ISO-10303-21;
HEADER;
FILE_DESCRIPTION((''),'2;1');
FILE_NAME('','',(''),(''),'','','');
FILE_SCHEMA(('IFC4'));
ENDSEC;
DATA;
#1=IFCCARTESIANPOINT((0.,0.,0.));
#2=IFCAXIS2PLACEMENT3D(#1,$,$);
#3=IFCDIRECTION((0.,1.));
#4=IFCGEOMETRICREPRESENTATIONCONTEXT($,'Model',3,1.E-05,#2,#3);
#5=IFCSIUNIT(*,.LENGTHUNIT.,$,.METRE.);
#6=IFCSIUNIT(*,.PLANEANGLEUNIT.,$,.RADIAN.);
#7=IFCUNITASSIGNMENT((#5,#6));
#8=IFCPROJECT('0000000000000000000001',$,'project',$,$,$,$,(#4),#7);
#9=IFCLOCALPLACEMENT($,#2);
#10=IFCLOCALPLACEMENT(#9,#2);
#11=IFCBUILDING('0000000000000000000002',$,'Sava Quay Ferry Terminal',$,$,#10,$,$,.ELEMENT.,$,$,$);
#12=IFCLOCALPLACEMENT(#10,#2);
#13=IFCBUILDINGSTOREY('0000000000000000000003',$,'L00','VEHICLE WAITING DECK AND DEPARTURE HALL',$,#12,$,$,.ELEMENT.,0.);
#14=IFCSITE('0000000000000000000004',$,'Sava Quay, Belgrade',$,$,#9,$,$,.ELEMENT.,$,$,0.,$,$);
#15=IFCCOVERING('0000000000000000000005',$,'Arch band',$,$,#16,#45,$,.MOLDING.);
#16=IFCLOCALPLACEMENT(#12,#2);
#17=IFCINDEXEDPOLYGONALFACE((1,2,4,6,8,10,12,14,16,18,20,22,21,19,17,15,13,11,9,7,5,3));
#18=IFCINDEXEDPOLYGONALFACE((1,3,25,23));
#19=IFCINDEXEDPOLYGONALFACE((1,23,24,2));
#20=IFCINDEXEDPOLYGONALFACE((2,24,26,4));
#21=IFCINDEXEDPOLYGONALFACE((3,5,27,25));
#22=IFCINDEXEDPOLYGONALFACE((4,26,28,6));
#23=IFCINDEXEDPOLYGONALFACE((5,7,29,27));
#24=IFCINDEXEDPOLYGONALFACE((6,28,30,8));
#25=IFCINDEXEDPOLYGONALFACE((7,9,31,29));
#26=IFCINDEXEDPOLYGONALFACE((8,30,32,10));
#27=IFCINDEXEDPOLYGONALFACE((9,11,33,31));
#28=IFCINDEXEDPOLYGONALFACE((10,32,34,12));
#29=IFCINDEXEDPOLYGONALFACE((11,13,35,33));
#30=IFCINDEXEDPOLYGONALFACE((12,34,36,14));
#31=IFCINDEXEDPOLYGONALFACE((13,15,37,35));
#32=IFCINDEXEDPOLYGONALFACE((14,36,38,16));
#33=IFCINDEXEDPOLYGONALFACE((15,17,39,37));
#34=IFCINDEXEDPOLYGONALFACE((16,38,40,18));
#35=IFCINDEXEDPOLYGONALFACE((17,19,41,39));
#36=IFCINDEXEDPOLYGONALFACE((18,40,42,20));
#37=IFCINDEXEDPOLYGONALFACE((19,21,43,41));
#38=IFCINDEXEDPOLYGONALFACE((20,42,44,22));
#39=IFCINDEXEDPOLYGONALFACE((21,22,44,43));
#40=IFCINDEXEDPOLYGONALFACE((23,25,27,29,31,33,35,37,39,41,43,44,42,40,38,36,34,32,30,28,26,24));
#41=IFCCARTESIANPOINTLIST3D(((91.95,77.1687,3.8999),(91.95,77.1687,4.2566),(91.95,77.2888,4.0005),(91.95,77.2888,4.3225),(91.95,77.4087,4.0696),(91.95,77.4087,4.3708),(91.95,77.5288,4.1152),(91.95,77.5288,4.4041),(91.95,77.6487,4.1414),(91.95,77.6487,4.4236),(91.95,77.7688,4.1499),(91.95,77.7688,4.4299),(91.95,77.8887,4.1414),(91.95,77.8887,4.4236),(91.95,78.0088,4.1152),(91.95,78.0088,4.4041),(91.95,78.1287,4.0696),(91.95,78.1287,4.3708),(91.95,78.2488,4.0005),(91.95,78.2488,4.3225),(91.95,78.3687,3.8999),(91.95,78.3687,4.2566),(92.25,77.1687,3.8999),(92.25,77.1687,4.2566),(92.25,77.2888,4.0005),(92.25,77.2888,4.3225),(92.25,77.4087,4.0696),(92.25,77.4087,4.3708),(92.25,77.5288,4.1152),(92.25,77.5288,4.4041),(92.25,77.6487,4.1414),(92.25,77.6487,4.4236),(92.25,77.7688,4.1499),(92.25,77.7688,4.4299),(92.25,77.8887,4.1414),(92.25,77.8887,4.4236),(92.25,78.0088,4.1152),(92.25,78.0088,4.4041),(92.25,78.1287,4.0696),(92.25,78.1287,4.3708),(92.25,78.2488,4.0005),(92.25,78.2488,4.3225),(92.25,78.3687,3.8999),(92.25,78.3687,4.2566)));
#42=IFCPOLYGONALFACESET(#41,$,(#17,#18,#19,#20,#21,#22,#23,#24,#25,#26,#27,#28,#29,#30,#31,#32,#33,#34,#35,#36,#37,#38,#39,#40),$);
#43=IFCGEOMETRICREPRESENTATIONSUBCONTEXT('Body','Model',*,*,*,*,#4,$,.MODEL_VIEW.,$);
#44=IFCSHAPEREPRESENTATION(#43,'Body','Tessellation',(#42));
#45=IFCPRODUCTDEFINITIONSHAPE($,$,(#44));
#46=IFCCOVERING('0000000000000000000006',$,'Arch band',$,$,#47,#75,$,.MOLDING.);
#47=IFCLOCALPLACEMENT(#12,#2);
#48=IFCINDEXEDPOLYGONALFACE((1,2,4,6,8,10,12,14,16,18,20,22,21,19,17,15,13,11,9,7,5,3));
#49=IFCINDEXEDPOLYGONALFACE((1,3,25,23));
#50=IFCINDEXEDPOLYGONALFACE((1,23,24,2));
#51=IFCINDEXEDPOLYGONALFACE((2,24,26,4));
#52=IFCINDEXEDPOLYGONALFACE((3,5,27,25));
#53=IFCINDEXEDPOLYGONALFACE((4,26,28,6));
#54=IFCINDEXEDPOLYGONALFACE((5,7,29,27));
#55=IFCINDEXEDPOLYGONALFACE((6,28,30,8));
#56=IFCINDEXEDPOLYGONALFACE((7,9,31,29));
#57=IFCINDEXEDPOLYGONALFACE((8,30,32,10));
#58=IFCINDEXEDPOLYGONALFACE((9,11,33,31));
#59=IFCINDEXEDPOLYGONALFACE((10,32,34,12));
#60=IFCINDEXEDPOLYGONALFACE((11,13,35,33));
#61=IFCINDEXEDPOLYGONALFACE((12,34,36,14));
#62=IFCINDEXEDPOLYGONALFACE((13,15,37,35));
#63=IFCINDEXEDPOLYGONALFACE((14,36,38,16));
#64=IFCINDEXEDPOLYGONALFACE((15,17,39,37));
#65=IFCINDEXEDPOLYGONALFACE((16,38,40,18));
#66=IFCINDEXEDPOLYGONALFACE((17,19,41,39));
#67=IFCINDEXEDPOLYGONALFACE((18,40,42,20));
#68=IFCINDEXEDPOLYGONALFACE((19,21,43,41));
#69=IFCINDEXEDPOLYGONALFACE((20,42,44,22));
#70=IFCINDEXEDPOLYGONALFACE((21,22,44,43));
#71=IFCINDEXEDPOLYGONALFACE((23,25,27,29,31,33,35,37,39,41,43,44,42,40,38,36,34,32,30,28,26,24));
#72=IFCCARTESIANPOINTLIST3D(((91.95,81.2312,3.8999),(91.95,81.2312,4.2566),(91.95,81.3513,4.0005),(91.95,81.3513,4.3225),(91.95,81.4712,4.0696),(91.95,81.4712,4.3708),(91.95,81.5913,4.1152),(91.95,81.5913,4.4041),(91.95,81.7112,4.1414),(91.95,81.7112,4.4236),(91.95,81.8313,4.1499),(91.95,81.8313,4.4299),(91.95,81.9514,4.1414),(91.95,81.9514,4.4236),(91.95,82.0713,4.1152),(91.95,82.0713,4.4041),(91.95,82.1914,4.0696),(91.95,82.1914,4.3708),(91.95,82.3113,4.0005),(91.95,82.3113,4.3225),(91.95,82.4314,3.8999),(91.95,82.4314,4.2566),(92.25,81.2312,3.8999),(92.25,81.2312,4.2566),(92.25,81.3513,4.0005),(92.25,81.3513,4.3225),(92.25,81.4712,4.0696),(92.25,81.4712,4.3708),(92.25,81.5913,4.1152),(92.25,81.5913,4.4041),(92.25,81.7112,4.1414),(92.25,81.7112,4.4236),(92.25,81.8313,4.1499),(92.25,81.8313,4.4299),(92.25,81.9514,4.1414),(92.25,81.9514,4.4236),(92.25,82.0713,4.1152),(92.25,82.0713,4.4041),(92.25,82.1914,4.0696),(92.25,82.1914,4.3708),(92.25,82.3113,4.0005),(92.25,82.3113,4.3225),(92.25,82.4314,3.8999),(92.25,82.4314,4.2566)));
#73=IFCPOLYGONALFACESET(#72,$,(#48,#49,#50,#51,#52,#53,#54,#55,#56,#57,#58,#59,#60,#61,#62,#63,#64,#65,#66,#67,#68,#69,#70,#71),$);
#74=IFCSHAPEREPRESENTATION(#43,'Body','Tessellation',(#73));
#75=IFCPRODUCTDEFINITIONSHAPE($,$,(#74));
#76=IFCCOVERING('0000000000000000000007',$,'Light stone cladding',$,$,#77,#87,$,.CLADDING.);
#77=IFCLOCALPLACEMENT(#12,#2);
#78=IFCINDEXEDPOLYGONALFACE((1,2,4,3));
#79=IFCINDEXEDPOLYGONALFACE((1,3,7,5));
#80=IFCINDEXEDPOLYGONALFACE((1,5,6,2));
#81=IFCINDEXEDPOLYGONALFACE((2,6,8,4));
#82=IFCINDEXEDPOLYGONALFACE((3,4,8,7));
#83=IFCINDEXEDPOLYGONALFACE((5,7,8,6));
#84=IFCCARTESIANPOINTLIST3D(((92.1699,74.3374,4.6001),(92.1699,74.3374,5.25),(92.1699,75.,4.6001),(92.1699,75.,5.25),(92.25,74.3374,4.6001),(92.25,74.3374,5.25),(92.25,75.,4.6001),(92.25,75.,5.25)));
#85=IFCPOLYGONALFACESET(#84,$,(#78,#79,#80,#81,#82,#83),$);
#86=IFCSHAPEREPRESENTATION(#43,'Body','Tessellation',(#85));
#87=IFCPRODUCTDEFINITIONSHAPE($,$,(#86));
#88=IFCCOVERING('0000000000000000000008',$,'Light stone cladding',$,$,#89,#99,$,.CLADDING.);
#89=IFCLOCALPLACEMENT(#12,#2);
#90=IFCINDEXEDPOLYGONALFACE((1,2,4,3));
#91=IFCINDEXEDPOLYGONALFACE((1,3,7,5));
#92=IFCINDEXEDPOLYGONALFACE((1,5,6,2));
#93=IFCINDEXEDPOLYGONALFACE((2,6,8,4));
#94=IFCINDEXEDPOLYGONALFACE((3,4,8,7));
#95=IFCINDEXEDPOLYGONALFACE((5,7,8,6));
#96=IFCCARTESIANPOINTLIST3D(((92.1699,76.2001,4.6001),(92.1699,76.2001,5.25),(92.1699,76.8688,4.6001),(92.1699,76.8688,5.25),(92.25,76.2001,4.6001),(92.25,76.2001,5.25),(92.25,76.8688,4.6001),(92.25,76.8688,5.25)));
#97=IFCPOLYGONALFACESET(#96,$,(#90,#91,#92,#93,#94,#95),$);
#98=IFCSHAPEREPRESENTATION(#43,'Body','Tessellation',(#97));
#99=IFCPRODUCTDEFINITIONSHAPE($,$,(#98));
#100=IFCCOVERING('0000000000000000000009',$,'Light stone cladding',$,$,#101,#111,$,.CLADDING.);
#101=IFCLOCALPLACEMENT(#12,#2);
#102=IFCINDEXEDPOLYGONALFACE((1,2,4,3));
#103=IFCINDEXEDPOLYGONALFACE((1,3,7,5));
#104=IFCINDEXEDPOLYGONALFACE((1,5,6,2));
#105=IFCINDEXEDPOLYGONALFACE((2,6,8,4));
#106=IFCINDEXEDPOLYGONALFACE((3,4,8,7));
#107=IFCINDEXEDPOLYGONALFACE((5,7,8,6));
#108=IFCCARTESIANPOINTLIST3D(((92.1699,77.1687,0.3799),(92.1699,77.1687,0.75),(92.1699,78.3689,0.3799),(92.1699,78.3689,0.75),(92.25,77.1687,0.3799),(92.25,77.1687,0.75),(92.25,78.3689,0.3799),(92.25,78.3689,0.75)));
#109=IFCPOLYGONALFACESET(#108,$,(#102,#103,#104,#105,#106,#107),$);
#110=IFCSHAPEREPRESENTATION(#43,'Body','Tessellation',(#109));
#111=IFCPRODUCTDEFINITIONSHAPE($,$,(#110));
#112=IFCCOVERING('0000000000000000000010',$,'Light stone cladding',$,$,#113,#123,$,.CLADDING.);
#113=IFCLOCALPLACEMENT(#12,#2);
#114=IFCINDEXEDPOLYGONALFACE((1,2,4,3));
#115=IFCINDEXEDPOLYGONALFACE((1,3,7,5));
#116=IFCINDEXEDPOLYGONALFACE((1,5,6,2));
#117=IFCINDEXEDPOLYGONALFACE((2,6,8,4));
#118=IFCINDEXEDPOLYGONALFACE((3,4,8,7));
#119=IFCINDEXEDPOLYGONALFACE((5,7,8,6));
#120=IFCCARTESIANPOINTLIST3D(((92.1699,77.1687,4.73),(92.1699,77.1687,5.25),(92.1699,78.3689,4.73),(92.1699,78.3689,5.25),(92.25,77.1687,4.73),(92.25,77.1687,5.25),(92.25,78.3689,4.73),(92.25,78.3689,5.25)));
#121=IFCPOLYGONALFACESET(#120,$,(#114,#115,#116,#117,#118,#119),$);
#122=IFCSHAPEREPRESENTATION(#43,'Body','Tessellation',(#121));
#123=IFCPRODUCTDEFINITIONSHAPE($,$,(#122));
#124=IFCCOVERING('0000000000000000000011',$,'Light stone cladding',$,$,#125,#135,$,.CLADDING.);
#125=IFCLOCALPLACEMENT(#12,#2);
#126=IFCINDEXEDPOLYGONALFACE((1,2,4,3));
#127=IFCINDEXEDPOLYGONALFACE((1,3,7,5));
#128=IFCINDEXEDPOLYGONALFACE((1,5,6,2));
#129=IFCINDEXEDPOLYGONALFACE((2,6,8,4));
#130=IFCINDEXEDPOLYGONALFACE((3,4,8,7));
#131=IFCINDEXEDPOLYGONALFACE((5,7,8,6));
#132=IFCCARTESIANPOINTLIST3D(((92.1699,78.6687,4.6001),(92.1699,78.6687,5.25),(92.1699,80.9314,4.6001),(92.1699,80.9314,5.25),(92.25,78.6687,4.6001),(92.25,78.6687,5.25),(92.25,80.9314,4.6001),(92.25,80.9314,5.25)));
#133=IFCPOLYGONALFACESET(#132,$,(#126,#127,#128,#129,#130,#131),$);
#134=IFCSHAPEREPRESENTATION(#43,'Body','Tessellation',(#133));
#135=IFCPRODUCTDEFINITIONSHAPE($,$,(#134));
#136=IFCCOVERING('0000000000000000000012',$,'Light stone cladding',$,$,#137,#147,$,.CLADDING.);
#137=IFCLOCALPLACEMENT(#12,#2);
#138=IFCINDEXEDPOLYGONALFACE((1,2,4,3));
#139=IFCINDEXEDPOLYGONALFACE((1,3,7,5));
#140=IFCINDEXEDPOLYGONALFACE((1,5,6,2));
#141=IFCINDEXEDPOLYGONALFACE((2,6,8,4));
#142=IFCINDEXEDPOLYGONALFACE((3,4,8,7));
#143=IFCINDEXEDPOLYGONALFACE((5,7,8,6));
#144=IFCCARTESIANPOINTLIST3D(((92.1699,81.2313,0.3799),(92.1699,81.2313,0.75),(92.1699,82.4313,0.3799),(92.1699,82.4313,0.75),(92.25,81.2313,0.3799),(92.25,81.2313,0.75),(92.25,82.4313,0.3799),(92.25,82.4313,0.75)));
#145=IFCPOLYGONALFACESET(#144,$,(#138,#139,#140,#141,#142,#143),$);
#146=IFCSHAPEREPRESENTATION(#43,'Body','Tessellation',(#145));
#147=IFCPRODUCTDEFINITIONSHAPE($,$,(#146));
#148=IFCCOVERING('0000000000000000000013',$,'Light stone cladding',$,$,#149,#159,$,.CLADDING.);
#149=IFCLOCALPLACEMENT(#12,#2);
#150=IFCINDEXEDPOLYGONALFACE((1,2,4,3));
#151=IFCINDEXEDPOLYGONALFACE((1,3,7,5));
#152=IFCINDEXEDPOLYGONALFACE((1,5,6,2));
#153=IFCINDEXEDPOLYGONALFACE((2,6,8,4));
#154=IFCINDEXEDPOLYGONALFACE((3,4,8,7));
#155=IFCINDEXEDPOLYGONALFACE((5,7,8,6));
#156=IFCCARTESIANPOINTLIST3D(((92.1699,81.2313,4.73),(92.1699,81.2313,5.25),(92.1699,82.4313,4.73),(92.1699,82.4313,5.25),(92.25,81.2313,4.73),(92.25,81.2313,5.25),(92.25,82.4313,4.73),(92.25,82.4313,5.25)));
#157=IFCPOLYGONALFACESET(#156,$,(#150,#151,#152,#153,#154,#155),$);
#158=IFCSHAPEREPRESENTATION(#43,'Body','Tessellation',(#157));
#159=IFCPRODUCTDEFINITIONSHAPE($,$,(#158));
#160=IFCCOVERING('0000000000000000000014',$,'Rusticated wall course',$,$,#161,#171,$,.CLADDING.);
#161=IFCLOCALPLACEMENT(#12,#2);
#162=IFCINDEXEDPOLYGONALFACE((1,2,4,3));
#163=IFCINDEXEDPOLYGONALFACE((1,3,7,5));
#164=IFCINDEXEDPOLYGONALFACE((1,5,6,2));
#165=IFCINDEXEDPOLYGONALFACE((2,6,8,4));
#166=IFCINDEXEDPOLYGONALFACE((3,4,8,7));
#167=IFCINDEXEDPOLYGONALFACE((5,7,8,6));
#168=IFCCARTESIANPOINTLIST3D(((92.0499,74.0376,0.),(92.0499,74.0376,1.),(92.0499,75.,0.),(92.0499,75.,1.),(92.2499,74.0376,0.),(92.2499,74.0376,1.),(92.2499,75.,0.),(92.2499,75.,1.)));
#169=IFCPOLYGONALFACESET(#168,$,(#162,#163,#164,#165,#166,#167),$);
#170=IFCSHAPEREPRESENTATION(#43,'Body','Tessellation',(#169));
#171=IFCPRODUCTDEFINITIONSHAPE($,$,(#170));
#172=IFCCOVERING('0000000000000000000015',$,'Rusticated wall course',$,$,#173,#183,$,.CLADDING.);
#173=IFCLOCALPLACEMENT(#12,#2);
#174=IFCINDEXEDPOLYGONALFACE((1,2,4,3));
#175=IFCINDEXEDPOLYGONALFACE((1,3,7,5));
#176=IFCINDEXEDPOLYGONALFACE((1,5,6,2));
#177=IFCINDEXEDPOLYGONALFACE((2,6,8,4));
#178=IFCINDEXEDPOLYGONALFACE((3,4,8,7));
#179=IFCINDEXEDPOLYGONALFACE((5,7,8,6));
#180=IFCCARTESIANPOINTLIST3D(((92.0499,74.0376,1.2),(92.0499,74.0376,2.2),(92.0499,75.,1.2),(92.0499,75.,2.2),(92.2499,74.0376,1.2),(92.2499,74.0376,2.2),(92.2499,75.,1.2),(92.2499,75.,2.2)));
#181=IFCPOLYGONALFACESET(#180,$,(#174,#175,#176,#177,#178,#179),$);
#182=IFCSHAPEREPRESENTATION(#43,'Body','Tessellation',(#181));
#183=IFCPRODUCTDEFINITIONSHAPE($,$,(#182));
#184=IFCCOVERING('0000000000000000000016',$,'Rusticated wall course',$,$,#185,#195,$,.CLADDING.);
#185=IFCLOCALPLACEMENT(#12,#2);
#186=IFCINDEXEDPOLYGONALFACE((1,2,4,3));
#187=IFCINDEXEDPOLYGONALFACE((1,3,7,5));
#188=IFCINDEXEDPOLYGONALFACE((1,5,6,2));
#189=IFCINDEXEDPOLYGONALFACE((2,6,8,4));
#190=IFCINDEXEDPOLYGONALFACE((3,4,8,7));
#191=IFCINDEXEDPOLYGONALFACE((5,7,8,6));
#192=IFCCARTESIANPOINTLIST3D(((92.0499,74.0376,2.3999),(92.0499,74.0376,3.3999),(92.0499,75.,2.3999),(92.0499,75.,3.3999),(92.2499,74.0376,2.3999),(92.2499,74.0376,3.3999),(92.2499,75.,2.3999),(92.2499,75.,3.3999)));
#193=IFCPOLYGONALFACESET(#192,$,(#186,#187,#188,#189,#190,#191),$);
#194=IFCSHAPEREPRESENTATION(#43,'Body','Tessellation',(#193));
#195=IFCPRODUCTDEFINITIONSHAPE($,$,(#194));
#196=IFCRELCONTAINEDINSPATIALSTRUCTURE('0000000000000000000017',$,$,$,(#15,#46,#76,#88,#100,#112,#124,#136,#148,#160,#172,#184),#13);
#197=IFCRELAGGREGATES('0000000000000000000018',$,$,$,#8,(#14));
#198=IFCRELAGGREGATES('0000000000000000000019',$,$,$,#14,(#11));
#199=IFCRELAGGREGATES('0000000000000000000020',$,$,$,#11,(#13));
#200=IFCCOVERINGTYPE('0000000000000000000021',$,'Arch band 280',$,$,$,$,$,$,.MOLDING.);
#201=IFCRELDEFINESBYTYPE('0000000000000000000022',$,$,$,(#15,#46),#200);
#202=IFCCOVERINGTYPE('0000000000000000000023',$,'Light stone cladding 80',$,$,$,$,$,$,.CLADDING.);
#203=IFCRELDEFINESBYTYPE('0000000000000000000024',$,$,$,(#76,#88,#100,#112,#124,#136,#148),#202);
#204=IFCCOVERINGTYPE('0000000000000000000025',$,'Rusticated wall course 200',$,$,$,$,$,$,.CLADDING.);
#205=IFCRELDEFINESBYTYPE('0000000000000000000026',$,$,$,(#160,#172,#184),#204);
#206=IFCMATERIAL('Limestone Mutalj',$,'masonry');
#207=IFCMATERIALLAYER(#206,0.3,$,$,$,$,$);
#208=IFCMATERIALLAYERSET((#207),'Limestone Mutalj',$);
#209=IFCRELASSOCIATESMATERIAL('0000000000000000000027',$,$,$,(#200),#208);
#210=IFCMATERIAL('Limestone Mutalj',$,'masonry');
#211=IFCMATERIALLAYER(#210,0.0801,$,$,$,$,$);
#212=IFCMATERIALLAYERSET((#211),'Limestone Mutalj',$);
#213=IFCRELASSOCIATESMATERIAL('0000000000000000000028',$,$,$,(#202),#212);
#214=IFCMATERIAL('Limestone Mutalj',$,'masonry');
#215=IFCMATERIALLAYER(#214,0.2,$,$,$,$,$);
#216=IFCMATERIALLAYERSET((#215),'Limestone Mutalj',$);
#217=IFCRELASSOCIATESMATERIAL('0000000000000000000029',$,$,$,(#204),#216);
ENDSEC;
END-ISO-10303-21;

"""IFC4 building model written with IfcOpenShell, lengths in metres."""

from ifc_helpers import new_model, si_unit, direction, frame, origin, origin_2d, place, context, subcontext, project, spatial, polyline, rectangle, outline, extrude, material, layer, layer_set, type_object, element, save


model = new_model("IFC4")

# Units and contexts
model_context = context("Model", 3, precision=1e-05, world=origin(), true_north=direction((0.0, 1.0)))
body_context = subcontext(model_context, "Body", "Model", "MODEL_VIEW")
ifc_project = project(units=[si_unit("LENGTHUNIT", "METRE"), si_unit("PLANEANGLEUNIT", "RADIAN")], contexts=[model_context])

# Site, building, storey
site_placement = place(None, origin())
site = spatial("IfcSite", under=ifc_project, at=site_placement, Name="Sava Quay, Belgrade", CompositionType="ELEMENT", RefElevation=0.0)
building_placement = place(site_placement, origin())
building = spatial("IfcBuilding", under=site, at=building_placement, Name="Sava Quay Ferry Terminal", CompositionType="ELEMENT")
storey_placement = place(building_placement, origin())
storey = spatial("IfcBuildingStorey", under=building, at=storey_placement, Name="L00", Description="VEHICLE WAITING DECK AND DEPARTURE HALL", CompositionType="ELEMENT", Elevation=0.0)

# Coverings
ifc_material_1 = material(Name="Limestone Mutalj", Category="masonry")
ifc_layer_1 = layer(ifc_material_1, 0.3)
ifc_layer_set_1 = layer_set([ifc_layer_1], Name="Limestone Mutalj")
covering_type_1 = type_object("IfcCoveringType", Name="Arch band 280", PredefinedType="MOLDING", material=ifc_layer_set_1)
covering_1_placement = place(storey_placement, frame((92.25, 77.1687, 3.8999), z_axis=(1.0, 0.0, 0.0), x_axis=(0.0, 0.766686, 0.642022)))
element("IfcCovering", 1, at=covering_1_placement, inside=storey, type_object=covering_type_1, Name="Arch band", PredefinedType="MOLDING", context=body_context, shape_type="SweptSolid", body=[
    extrude(outline(polyline([(0.0, 0.0), (0.1567, 0.0), (0.2929, -0.024), (0.4143, -0.0661), (0.523, -0.123), (0.6206, -0.1936), (0.707, -0.2771), (0.7823, -0.3743), (0.8449, -0.4862), (0.8927, -0.6163), (0.92, -0.7704), (1.149, -0.4969), (1.0994, -0.3694), (1.0383, -0.2552), (0.9678, -0.1528), (0.8882, -0.0607), (0.8004, 0.0211), (0.7042, 0.0933), (0.5998, 0.1553), (0.4864, 0.207), (0.3634, 0.2469), (0.229, 0.2735), (0.0, 0.0)])), origin(), (0.0, 0.0, -1.0), 0.3),
])
covering_2_placement = place(storey_placement, frame((92.25, 81.2312, 3.8999), z_axis=(1.0, 0.0, 0.0), x_axis=(0.0, 0.766686, 0.642022)))
element("IfcCovering", 2, at=covering_2_placement, inside=storey, type_object=covering_type_1, Name="Arch band", PredefinedType="MOLDING", context=body_context, shape_type="SweptSolid", body=[
    extrude(outline(polyline([(0.0, 0.0), (0.1567, 0.0), (0.2929, -0.024), (0.4143, -0.0661), (0.523, -0.123), (0.6206, -0.1936), (0.7072, -0.2773), (0.7823, -0.3743), (0.8451, -0.4864), (0.8927, -0.6163), (0.9202, -0.7706), (1.1492, -0.4971), (1.0994, -0.3694), (1.0385, -0.2554), (0.9678, -0.1528), (0.8884, -0.0609), (0.8004, 0.0211), (0.7042, 0.0933), (0.5998, 0.1553), (0.4864, 0.207), (0.3634, 0.2469), (0.229, 0.2735), (0.0, 0.0)])), origin(), (0.0, 0.0, -1.0), 0.3),
])
ifc_material_2 = material(Name="Limestone Mutalj", Category="masonry")
ifc_layer_2 = layer(ifc_material_2, 0.0801)
ifc_layer_set_2 = layer_set([ifc_layer_2], Name="Limestone Mutalj")
covering_type_2 = type_object("IfcCoveringType", Name="Light stone cladding 80", PredefinedType="CLADDING", material=ifc_layer_set_2)
covering_3_placement = place(storey_placement, frame((92.21, 74.6687, 4.6001), z_axis=(0.0, 0.0, 1.0), x_axis=(1.0, 0.0, 0.0)))
element("IfcCovering", 3, at=covering_3_placement, inside=storey, type_object=covering_type_2, Name="Light stone cladding", PredefinedType="CLADDING", context=body_context, shape_type="SweptSolid", body=[
    extrude(rectangle(XDim=0.0801, YDim=0.6626, at=origin_2d()), origin(), (0.0, 0.0, 1.0), 0.6499),
])
covering_4_placement = place(storey_placement, frame((92.21, 76.5344, 4.6001), z_axis=(0.0, 0.0, 1.0), x_axis=(1.0, 0.0, 0.0)))
element("IfcCovering", 4, at=covering_4_placement, inside=storey, type_object=covering_type_2, Name="Light stone cladding", PredefinedType="CLADDING", context=body_context, shape_type="SweptSolid", body=[
    extrude(rectangle(XDim=0.0801, YDim=0.6687, at=origin_2d()), origin(), (0.0, 0.0, 1.0), 0.6499),
])
covering_5_placement = place(storey_placement, frame((92.21, 77.7688, 0.3799), z_axis=(0.0, 0.0, 1.0), x_axis=(1.0, 0.0, 0.0)))
element("IfcCovering", 5, at=covering_5_placement, inside=storey, type_object=covering_type_2, Name="Light stone cladding", PredefinedType="CLADDING", context=body_context, shape_type="SweptSolid", body=[
    extrude(rectangle(XDim=0.0801, YDim=1.2002, at=origin_2d()), origin(), (0.0, 0.0, 1.0), 0.3701),
])
covering_6_placement = place(storey_placement, frame((92.21, 77.7688, 4.73), z_axis=(0.0, 0.0, 1.0), x_axis=(1.0, 0.0, 0.0)))
element("IfcCovering", 6, at=covering_6_placement, inside=storey, type_object=covering_type_2, Name="Light stone cladding", PredefinedType="CLADDING", context=body_context, shape_type="SweptSolid", body=[
    extrude(rectangle(XDim=0.0801, YDim=1.2002, at=origin_2d()), origin(), (0.0, 0.0, 1.0), 0.52),
])
covering_7_placement = place(storey_placement, frame((92.21, 79.8, 4.6001), z_axis=(0.0, 0.0, 1.0), x_axis=(1.0, 0.0, 0.0)))
element("IfcCovering", 7, at=covering_7_placement, inside=storey, type_object=covering_type_2, Name="Light stone cladding", PredefinedType="CLADDING", context=body_context, shape_type="SweptSolid", body=[
    extrude(rectangle(XDim=0.0801, YDim=2.2627, at=origin_2d()), origin(), (0.0, 0.0, 1.0), 0.6499),
])
covering_8_placement = place(storey_placement, frame((92.21, 81.8313, 0.3799), z_axis=(0.0, 0.0, 1.0), x_axis=(1.0, 0.0, 0.0)))
element("IfcCovering", 8, at=covering_8_placement, inside=storey, type_object=covering_type_2, Name="Light stone cladding", PredefinedType="CLADDING", context=body_context, shape_type="SweptSolid", body=[
    extrude(rectangle(XDim=0.0801, YDim=1.2, at=origin_2d()), origin(), (0.0, 0.0, 1.0), 0.3701),
])
covering_9_placement = place(storey_placement, frame((92.21, 81.8313, 4.73), z_axis=(0.0, 0.0, 1.0), x_axis=(1.0, 0.0, 0.0)))
element("IfcCovering", 9, at=covering_9_placement, inside=storey, type_object=covering_type_2, Name="Light stone cladding", PredefinedType="CLADDING", context=body_context, shape_type="SweptSolid", body=[
    extrude(rectangle(XDim=0.0801, YDim=1.2, at=origin_2d()), origin(), (0.0, 0.0, 1.0), 0.52),
])
ifc_material_3 = material(Name="Limestone Mutalj", Category="masonry")
ifc_layer_3 = layer(ifc_material_3, 0.2)
ifc_layer_set_3 = layer_set([ifc_layer_3], Name="Limestone Mutalj")
covering_type_3 = type_object("IfcCoveringType", Name="Rusticated wall course 200", PredefinedType="CLADDING", material=ifc_layer_set_3)
for number, where, z_axis, x_axis, name in (
    (10, (92.1499, 74.5188, 0.0), (0.0, 0.0, 1.0), (1.0, 0.0, 0.0), "Rusticated wall course"),
    (11, (92.1499, 74.5188, 1.2), (0.0, 0.0, 1.0), (1.0, 0.0, 0.0), "Rusticated wall course"),
    (12, (92.1499, 74.5188, 2.3999), (0.0, 0.0, 1.0), (1.0, 0.0, 0.0), "Rusticated wall course"),
):
    element("IfcCovering", number, at=place(storey_placement, frame(where, z_axis=z_axis, x_axis=x_axis)), inside=storey, type_object=covering_type_3, Name=name, PredefinedType="CLADDING", context=body_context, shape_type="SweptSolid", body=[
        extrude(rectangle(XDim=0.2, YDim=0.9624, at=origin_2d()), origin(), (0.0, 0.0, 1.0), 1.0),
    ])

save(model, "model.ifc")
